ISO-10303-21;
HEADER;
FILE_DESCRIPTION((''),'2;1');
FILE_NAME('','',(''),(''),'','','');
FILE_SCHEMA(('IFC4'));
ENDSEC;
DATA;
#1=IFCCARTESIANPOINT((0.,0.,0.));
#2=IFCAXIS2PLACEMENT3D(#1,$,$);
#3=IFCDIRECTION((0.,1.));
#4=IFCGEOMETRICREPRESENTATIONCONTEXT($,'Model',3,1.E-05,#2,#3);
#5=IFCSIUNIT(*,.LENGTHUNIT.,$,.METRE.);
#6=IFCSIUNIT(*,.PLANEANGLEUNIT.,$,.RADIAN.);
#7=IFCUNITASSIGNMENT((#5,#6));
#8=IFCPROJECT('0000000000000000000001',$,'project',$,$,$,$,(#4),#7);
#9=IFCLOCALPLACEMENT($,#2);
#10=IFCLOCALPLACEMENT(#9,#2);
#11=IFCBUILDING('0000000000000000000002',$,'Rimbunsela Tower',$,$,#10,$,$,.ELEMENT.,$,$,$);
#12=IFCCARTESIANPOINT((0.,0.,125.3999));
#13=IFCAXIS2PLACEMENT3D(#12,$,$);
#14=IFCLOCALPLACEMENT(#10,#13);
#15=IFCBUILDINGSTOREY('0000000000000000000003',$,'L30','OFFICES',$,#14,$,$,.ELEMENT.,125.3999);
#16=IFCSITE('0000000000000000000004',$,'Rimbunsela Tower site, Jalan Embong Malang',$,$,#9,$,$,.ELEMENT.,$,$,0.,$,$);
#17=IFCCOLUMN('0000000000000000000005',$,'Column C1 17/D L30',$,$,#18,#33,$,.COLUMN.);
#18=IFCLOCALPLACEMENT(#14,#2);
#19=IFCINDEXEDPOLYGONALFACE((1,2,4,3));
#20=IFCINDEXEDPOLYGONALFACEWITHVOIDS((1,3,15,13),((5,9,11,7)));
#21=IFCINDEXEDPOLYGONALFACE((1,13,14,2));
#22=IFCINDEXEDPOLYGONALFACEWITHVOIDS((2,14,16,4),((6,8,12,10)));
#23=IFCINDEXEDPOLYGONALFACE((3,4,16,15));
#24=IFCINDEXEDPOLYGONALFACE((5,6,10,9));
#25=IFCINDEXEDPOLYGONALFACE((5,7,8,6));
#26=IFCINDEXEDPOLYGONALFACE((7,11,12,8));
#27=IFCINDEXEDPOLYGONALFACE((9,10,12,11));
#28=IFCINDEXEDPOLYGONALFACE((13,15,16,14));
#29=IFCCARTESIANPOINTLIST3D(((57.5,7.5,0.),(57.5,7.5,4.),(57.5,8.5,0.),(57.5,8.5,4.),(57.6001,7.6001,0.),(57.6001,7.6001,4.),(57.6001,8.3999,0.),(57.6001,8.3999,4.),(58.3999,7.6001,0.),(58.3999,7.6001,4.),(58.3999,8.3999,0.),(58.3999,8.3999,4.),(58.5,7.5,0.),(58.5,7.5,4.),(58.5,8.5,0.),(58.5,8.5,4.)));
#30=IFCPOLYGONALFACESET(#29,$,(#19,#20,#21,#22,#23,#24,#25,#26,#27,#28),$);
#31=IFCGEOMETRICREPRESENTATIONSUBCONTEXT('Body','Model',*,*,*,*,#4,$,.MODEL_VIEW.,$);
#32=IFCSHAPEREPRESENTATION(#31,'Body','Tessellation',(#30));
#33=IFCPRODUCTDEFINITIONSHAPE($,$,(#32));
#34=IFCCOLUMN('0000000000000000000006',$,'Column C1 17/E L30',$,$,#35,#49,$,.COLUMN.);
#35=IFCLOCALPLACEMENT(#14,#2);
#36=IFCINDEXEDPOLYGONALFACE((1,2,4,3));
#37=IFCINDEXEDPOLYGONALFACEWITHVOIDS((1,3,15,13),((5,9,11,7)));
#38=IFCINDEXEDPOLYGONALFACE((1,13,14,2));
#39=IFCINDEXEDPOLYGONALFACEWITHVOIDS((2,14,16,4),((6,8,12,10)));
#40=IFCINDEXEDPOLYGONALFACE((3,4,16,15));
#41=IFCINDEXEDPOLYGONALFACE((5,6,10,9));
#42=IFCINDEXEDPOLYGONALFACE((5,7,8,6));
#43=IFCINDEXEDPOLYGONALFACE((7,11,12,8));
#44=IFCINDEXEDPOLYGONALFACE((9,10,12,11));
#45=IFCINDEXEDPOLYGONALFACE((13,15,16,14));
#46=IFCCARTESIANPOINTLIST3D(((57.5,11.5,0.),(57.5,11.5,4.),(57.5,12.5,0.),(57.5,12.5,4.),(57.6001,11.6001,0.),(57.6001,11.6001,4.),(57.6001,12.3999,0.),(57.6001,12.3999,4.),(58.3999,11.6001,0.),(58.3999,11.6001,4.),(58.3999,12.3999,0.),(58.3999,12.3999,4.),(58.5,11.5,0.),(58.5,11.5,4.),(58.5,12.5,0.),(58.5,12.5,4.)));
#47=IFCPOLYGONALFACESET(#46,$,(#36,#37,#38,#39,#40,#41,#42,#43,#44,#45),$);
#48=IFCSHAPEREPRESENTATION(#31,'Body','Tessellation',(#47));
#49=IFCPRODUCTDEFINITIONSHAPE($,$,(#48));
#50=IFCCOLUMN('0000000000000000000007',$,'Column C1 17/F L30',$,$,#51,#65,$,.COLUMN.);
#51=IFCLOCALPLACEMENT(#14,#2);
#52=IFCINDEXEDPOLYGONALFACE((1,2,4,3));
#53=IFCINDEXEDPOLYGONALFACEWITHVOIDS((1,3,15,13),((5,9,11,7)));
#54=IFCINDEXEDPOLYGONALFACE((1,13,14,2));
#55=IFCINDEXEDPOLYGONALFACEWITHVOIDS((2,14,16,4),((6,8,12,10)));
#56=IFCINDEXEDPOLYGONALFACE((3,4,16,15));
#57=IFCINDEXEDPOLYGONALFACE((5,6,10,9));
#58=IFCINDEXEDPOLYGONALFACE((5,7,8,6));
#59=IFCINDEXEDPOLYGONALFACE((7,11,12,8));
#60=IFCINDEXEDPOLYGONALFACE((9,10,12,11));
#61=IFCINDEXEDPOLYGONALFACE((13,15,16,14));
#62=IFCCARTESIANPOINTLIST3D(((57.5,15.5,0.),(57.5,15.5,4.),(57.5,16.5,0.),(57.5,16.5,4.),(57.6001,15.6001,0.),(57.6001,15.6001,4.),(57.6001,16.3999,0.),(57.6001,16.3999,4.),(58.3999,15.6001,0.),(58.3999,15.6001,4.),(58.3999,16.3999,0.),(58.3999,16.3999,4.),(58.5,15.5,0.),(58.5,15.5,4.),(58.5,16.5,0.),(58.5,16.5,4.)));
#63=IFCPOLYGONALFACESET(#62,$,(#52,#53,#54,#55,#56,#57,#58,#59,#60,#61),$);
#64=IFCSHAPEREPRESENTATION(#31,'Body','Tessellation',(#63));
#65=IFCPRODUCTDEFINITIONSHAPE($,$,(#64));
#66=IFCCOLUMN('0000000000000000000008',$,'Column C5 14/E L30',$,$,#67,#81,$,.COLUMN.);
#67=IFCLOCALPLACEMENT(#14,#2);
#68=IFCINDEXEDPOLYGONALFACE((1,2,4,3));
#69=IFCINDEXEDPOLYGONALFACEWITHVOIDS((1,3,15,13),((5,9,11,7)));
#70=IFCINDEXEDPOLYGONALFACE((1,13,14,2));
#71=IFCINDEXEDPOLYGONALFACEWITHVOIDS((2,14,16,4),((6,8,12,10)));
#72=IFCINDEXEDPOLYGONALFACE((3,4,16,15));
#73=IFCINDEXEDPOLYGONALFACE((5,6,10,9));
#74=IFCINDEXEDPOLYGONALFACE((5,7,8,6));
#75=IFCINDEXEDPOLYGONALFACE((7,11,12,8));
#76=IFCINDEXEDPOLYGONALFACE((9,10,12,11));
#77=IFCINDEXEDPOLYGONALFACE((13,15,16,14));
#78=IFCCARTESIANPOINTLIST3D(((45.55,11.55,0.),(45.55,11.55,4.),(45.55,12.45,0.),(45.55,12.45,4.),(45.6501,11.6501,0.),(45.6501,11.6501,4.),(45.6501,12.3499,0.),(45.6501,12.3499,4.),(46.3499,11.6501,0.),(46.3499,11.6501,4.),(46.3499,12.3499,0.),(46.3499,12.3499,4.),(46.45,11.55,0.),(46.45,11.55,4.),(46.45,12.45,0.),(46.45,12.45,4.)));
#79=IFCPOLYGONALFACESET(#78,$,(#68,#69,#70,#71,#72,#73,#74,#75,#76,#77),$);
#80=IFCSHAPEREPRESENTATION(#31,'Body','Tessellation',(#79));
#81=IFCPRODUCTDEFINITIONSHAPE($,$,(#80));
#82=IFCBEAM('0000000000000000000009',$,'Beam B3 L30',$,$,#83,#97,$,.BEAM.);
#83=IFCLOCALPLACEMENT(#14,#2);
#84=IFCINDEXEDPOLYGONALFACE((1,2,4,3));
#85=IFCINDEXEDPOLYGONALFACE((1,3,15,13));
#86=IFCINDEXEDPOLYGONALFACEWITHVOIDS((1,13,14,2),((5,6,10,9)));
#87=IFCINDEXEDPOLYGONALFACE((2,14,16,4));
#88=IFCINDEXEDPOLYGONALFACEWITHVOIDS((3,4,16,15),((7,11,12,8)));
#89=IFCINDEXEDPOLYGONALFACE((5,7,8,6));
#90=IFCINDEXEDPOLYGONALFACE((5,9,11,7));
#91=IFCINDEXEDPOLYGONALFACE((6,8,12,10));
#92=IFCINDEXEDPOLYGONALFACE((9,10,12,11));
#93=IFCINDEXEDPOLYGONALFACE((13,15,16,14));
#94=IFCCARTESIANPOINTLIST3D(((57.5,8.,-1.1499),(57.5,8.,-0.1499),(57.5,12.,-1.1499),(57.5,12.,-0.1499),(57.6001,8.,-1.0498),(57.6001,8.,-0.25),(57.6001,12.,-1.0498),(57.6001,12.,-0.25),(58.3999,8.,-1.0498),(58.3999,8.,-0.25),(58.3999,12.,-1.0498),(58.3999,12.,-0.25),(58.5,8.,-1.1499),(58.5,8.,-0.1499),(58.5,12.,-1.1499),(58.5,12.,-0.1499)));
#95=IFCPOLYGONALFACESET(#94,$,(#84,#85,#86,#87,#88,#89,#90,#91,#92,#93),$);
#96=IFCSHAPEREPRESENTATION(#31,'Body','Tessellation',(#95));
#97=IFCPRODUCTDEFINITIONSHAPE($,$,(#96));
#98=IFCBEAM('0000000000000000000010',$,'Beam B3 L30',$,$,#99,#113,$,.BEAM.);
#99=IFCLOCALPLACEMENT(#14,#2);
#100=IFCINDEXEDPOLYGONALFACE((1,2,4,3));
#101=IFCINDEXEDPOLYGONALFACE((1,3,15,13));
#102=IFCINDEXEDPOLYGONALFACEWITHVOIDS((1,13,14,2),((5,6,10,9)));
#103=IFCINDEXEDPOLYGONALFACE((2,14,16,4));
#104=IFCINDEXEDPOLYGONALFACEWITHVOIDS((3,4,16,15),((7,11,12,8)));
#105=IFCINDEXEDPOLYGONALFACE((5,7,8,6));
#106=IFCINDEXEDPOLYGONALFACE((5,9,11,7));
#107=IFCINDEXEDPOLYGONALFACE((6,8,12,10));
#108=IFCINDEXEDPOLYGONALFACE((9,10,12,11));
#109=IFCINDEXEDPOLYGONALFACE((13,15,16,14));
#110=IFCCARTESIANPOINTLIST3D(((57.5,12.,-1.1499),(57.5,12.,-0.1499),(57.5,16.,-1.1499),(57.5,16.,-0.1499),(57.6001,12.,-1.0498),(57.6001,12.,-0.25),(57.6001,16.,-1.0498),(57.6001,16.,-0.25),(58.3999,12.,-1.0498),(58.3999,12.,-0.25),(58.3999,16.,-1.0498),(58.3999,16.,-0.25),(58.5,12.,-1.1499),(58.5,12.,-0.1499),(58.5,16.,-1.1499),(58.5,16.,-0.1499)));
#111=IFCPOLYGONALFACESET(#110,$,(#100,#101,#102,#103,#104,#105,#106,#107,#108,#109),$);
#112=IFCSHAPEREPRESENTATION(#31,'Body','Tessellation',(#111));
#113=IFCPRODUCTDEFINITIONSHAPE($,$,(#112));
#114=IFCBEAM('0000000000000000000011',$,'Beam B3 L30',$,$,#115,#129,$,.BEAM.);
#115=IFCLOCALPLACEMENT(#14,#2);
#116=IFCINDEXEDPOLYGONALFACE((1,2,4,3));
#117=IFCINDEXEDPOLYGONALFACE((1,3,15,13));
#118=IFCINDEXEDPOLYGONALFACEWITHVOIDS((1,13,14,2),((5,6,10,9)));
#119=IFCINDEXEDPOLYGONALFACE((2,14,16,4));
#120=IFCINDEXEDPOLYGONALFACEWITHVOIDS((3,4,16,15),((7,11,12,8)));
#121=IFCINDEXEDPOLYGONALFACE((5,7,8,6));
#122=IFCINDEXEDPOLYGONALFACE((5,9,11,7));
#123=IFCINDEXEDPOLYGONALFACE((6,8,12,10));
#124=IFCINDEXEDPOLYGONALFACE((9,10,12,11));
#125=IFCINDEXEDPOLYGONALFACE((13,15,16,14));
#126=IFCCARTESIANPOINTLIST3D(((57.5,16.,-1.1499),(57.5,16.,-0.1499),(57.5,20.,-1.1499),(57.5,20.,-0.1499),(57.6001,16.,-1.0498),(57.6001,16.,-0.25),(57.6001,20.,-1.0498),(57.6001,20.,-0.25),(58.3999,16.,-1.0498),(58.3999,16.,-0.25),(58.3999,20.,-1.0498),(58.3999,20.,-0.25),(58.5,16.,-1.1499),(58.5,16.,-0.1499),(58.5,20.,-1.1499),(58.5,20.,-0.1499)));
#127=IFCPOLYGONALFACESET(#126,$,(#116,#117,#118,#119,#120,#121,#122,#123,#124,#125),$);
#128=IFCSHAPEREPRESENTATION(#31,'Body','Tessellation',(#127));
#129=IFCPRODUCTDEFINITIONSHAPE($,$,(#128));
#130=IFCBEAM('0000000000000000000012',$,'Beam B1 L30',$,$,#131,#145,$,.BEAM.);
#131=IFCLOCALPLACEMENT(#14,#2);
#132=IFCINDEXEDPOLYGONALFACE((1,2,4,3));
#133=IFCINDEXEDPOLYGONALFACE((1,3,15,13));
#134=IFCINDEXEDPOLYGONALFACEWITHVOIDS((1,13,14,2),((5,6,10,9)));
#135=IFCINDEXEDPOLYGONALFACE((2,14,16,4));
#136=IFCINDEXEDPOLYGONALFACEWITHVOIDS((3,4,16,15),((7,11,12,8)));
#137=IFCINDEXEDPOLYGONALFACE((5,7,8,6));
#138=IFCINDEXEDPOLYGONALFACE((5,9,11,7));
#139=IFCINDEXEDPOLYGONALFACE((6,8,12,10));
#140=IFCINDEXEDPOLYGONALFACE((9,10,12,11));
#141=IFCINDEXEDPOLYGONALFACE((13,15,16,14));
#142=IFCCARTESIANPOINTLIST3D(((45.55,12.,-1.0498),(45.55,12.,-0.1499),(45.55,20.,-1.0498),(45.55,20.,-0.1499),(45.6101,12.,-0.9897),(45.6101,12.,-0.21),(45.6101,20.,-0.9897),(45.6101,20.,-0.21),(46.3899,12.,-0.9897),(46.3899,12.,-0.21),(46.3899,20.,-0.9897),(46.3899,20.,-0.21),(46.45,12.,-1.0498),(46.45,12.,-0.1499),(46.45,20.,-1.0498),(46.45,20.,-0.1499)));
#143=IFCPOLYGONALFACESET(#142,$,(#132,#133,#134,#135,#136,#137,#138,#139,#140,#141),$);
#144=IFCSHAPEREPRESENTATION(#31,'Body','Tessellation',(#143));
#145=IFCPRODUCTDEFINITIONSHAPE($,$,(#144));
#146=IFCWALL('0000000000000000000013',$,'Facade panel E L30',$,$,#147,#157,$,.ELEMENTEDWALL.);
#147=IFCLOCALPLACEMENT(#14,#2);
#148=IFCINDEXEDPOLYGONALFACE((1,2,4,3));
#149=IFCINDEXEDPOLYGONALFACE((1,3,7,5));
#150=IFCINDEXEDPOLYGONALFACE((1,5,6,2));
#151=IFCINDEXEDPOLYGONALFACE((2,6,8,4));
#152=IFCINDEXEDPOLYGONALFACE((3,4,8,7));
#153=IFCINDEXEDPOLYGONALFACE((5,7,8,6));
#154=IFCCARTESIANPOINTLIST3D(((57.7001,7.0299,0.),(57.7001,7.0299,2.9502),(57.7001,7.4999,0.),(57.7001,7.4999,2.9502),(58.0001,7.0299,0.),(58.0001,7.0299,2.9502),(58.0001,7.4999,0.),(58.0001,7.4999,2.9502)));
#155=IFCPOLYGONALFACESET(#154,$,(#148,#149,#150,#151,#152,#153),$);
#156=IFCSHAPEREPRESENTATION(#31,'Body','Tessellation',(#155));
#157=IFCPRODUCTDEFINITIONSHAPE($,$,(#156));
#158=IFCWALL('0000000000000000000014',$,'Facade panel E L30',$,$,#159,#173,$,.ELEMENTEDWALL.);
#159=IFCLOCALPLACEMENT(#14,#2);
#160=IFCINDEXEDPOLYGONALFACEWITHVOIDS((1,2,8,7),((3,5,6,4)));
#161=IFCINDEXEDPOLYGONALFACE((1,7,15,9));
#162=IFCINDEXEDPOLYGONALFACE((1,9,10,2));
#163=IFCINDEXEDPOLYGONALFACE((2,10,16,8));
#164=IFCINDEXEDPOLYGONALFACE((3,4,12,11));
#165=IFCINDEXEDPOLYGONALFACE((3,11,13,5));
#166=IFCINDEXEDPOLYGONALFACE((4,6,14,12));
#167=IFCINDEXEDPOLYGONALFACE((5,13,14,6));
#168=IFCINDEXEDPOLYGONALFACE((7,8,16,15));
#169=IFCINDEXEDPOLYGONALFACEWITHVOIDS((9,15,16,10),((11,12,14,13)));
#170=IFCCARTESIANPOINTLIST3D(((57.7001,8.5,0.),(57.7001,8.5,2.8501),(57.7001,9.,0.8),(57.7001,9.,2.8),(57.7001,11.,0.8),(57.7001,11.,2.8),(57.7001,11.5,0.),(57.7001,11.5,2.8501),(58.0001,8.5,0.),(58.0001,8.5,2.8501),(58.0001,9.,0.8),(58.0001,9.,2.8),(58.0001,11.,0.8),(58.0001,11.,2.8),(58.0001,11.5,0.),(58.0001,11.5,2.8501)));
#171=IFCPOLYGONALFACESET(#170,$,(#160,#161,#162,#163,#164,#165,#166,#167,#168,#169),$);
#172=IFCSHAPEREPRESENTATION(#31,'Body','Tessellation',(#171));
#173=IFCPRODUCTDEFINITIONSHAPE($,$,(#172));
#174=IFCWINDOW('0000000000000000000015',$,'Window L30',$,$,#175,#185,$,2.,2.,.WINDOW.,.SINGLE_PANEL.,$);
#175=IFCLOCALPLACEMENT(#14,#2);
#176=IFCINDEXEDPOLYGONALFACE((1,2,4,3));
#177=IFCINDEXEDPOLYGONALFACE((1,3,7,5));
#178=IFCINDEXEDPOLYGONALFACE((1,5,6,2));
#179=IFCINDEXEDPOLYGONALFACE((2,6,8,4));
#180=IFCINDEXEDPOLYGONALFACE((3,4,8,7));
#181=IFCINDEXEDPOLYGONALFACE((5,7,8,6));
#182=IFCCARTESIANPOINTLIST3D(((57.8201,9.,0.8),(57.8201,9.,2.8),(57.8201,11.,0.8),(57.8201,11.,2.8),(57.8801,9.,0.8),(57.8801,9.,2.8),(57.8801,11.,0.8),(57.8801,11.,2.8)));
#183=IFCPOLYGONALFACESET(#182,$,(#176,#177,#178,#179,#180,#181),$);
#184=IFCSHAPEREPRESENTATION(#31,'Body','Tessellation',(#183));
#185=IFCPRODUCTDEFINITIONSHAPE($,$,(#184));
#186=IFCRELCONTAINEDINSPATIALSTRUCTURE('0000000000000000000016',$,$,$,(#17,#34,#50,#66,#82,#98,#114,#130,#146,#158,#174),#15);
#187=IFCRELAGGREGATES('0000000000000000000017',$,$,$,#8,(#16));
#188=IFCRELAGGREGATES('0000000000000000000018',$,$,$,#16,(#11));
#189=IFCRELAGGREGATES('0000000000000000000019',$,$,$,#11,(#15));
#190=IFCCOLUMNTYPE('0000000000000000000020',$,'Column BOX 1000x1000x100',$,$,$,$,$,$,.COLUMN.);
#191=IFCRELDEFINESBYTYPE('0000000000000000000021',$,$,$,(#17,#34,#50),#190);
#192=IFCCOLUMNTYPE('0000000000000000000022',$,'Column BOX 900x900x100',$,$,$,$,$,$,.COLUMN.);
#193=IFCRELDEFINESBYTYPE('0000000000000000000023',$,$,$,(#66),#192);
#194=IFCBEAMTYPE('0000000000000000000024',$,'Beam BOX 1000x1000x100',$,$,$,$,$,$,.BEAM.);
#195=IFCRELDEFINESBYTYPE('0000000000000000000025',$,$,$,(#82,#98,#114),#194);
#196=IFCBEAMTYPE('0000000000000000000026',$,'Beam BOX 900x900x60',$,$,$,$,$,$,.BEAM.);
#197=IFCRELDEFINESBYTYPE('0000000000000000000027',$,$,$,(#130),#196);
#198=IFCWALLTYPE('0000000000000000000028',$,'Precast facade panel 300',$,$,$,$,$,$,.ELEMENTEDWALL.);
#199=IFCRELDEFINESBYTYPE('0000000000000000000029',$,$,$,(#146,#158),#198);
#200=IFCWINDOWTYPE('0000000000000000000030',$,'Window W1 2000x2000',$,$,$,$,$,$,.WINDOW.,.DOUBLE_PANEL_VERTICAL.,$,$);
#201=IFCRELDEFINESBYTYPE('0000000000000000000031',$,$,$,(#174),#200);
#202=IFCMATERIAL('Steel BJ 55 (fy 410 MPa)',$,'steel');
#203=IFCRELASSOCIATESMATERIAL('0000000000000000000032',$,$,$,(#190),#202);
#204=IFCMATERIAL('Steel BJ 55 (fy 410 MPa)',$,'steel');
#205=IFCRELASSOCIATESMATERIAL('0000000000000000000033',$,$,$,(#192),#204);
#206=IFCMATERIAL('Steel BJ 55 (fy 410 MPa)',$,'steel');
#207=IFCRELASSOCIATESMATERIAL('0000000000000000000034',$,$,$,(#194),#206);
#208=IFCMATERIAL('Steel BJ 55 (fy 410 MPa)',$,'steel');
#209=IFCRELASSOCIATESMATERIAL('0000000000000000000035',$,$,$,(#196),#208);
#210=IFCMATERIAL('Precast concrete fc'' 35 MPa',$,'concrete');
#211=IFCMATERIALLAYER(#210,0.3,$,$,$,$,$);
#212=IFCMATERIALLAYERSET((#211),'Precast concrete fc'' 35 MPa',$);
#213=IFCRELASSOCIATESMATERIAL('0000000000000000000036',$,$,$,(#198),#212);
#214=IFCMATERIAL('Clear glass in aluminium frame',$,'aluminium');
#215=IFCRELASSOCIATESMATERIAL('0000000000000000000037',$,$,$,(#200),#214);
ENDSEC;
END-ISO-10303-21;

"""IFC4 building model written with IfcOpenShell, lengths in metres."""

from ifc_helpers import new_model, si_unit, direction, frame, frame_2d, origin, origin_2d, place, context, subcontext, project, spatial, rectangle, hollow_rectangle, extrude, material, layer, layer_set, material_profile, profile_set, type_object, element, fill, save


model = new_model("IFC4")

# Units and contexts
model_context = context("Model", 3, precision=1e-05, world=origin(), true_north=direction((0.0, 1.0)))
body_context = subcontext(model_context, "Body", "Model", "MODEL_VIEW")
ifc_project = project(units=[si_unit("LENGTHUNIT", "METRE"), si_unit("PLANEANGLEUNIT", "RADIAN")], contexts=[model_context])

# Site, building, storey
site_placement = place(None, origin())
site = spatial("IfcSite", under=ifc_project, at=site_placement, Name="Rimbunsela Tower site, Jalan Embong Malang", CompositionType="ELEMENT", RefElevation=0.0)
building_placement = place(site_placement, origin())
building = spatial("IfcBuilding", under=site, at=building_placement, Name="Rimbunsela Tower", CompositionType="ELEMENT")
storey_placement = place(building_placement, frame((0.0, 0.0, 125.3999)))
storey = spatial("IfcBuildingStorey", under=building, at=storey_placement, Name="L30", Description="OFFICES", CompositionType="ELEMENT", Elevation=125.3999)

# Columns
ifc_material_1 = material(Name="Steel BJ 55 (fy 410 MPa)", Category="steel")
ifc_material_profile_1 = material_profile(ifc_material_1, hollow_rectangle(XDim=1.0, YDim=1.0, WallThickness=0.1001, at=origin_2d()), Name="BOX 1000x1000x100")
ifc_profile_set_1 = profile_set([ifc_material_profile_1], Name="Steel BJ 55 (fy 410 MPa)")
column_type_1 = type_object("IfcColumnType", Name="Column BOX 1000x1000x100", PredefinedType="COLUMN", material=ifc_profile_set_1)
for number, where, z_axis, x_axis, name in (
    (1, (58.0, 8.0, 0.0), (0.0, 0.0, 1.0), (1.0, 0.0, 0.0), "Column C1 17/D L30"),
    (2, (58.0, 12.0, 0.0), (0.0, 0.0, 1.0), (1.0, 0.0, 0.0), "Column C1 17/E L30"),
    (3, (58.0, 16.0, 0.0), (0.0, 0.0, 1.0), (1.0, 0.0, 0.0), "Column C1 17/F L30"),
):
    element("IfcColumn", number, at=place(storey_placement, frame(where, z_axis=z_axis, x_axis=x_axis)), inside=storey, type_object=column_type_1, Name=name, PredefinedType="COLUMN", context=body_context, shape_type="SweptSolid", body=[
        extrude(hollow_rectangle(XDim=1.0, YDim=1.0, WallThickness=0.1001, at=origin_2d()), origin(), (0.0, 0.0, 1.0), 4.0),
    ])
ifc_material_2 = material(Name="Steel BJ 55 (fy 410 MPa)", Category="steel")
ifc_material_profile_2 = material_profile(ifc_material_2, hollow_rectangle(XDim=0.8999, YDim=0.8999, WallThickness=0.1001, at=origin_2d()), Name="BOX 900x900x100")
ifc_profile_set_2 = profile_set([ifc_material_profile_2], Name="Steel BJ 55 (fy 410 MPa)")
column_type_2 = type_object("IfcColumnType", Name="Column BOX 900x900x100", PredefinedType="COLUMN", material=ifc_profile_set_2)
column_placement = place(storey_placement, frame((46.0, 12.0, 0.0), z_axis=(0.0, 0.0, 1.0), x_axis=(1.0, 0.0, 0.0)))
element("IfcColumn", 4, at=column_placement, inside=storey, type_object=column_type_2, Name="Column C5 14/E L30", PredefinedType="COLUMN", context=body_context, shape_type="SweptSolid", body=[
    extrude(hollow_rectangle(XDim=0.8999, YDim=0.8999, WallThickness=0.1001, at=origin_2d()), origin(), (0.0, 0.0, 1.0), 4.0),
])

# Beams
ifc_material_3 = material(Name="Steel BJ 55 (fy 410 MPa)", Category="steel")
ifc_material_profile_3 = material_profile(ifc_material_3, hollow_rectangle(XDim=1.0, YDim=1.0, WallThickness=0.1001, at=origin_2d()), Name="BOX 1000x1000x100")
ifc_profile_set_3 = profile_set([ifc_material_profile_3], Name="Steel BJ 55 (fy 410 MPa)")
beam_type_1 = type_object("IfcBeamType", Name="Beam BOX 1000x1000x100", PredefinedType="BEAM", material=ifc_profile_set_3)
for number, where, z_axis, x_axis, name in (
    (5, (58.0, 8.0, -0.6499), (0.0, 1.0, 0.0), (-1.0, 0.0, 0.0), "Beam B3 L30"),
    (6, (58.0, 12.0, -0.6499), (0.0, 1.0, 0.0), (-1.0, 0.0, 0.0), "Beam B3 L30"),
    (7, (58.0, 16.0, -0.6499), (0.0, 1.0, 0.0), (-1.0, 0.0, 0.0), "Beam B3 L30"),
):
    element("IfcBeam", number, at=place(storey_placement, frame(where, z_axis=z_axis, x_axis=x_axis)), inside=storey, type_object=beam_type_1, Name=name, PredefinedType="BEAM", context=body_context, shape_type="SweptSolid", body=[
        extrude(hollow_rectangle(XDim=1.0, YDim=1.0, WallThickness=0.1001, at=origin_2d()), origin(), (0.0, 0.0, 1.0), 4.0),
    ])
ifc_material_4 = material(Name="Steel BJ 55 (fy 410 MPa)", Category="steel")
ifc_material_profile_4 = material_profile(ifc_material_4, hollow_rectangle(XDim=0.8999, YDim=0.8999, WallThickness=0.0601, at=origin_2d()), Name="BOX 900x900x60")
ifc_profile_set_4 = profile_set([ifc_material_profile_4], Name="Steel BJ 55 (fy 410 MPa)")
beam_type_2 = type_object("IfcBeamType", Name="Beam BOX 900x900x60", PredefinedType="BEAM", material=ifc_profile_set_4)
beam_placement = place(storey_placement, frame((46.0, 12.0, -0.5999), z_axis=(0.0, 1.0, 0.0), x_axis=(-1.0, 0.0, 0.0)))
element("IfcBeam", 8, at=beam_placement, inside=storey, type_object=beam_type_2, Name="Beam B1 L30", PredefinedType="BEAM", context=body_context, shape_type="SweptSolid", body=[
    extrude(hollow_rectangle(XDim=0.8999, YDim=0.8999, WallThickness=0.0601, at=origin_2d()), origin(), (0.0, 0.0, 1.0), 8.0),
])

# Wall
ifc_material_5 = material(Name="Precast concrete fc' 35 MPa", Category="concrete")
ifc_layer_1 = layer(ifc_material_5, 0.3)
ifc_layer_set_1 = layer_set([ifc_layer_1], Name="Precast concrete fc' 35 MPa")
wall_type = type_object("IfcWallType", Name="Precast facade panel 300", PredefinedType="ELEMENTEDWALL", material=ifc_layer_set_1)
wall_1_placement = place(storey_placement, frame((57.8501, 7.03, 0.0), z_axis=(0.0, 0.0, 1.0), x_axis=(0.0, 1.0, 0.0)))
element("IfcWall", 9, at=wall_1_placement, inside=storey, type_object=wall_type, Name="Facade panel E L30", PredefinedType="ELEMENTEDWALL", context=body_context, shape_type="SweptSolid", body=[
    extrude(rectangle(XDim=0.47, YDim=0.3, at=frame_2d((0.2349, 0.0))), origin(), (0.0, 0.0, 1.0), 2.9502),
])

# Wall, opening, window
wall_2_placement = place(storey_placement, frame((57.8501, 8.5, 0.0), z_axis=(0.0, 0.0, 1.0), x_axis=(0.0, 1.0, 0.0)))
wall_2 = element("IfcWall", 10, at=wall_2_placement, inside=storey, type_object=wall_type, Name="Facade panel E L30", PredefinedType="ELEMENTEDWALL", context=body_context, shape_type="SweptSolid", body=[
    extrude(rectangle(XDim=3.0, YDim=0.3, at=frame_2d((1.5, 0.0))), origin(), (0.0, 0.0, 1.0), 2.8501),
])
opening_1_placement = place(wall_2_placement, frame((0.5, 0.0, 0.8)))
opening_1 = element("IfcOpeningElement", 11, at=opening_1_placement, cuts=wall_2, PredefinedType="OPENING", context=body_context, shape_type="SweptSolid", body=[
    extrude(rectangle(XDim=2.0, YDim=2.0, at=frame_2d((1.0, 1.0))), frame((0.0, 0.1599, 0.0), z_axis=(0.0, -1.0, 0.0), x_axis=(1.0, 0.0, 0.0)), (0.0, 0.0, 1.0), 0.3201),
])
ifc_material_6 = material(Name="Clear glass in aluminium frame", Category="aluminium")
window_type = type_object("IfcWindowType", Name="Window W1 2000x2000", PartitioningType="DOUBLE_PANEL_VERTICAL", PredefinedType="WINDOW", material=ifc_material_6)
window_1_placement = place(opening_1_placement, origin())
window_1 = element("IfcWindow", 12, at=window_1_placement, inside=storey, type_object=window_type, Name="Window L30", OverallHeight=2.0, OverallWidth=2.0, PartitioningType="SINGLE_PANEL", PredefinedType="WINDOW", context=body_context, shape_type="SweptSolid", body=[
    extrude(rectangle(XDim=2.0, YDim=2.0, at=frame_2d((1.0, 1.0))), frame((0.0, 0.03, 0.0), z_axis=(0.0, -1.0, 0.0), x_axis=(1.0, 0.0, 0.0)), (0.0, 0.0, 1.0), 0.0601),
])
fill(opening_1, window_1)

save(model, "model.ifc")
